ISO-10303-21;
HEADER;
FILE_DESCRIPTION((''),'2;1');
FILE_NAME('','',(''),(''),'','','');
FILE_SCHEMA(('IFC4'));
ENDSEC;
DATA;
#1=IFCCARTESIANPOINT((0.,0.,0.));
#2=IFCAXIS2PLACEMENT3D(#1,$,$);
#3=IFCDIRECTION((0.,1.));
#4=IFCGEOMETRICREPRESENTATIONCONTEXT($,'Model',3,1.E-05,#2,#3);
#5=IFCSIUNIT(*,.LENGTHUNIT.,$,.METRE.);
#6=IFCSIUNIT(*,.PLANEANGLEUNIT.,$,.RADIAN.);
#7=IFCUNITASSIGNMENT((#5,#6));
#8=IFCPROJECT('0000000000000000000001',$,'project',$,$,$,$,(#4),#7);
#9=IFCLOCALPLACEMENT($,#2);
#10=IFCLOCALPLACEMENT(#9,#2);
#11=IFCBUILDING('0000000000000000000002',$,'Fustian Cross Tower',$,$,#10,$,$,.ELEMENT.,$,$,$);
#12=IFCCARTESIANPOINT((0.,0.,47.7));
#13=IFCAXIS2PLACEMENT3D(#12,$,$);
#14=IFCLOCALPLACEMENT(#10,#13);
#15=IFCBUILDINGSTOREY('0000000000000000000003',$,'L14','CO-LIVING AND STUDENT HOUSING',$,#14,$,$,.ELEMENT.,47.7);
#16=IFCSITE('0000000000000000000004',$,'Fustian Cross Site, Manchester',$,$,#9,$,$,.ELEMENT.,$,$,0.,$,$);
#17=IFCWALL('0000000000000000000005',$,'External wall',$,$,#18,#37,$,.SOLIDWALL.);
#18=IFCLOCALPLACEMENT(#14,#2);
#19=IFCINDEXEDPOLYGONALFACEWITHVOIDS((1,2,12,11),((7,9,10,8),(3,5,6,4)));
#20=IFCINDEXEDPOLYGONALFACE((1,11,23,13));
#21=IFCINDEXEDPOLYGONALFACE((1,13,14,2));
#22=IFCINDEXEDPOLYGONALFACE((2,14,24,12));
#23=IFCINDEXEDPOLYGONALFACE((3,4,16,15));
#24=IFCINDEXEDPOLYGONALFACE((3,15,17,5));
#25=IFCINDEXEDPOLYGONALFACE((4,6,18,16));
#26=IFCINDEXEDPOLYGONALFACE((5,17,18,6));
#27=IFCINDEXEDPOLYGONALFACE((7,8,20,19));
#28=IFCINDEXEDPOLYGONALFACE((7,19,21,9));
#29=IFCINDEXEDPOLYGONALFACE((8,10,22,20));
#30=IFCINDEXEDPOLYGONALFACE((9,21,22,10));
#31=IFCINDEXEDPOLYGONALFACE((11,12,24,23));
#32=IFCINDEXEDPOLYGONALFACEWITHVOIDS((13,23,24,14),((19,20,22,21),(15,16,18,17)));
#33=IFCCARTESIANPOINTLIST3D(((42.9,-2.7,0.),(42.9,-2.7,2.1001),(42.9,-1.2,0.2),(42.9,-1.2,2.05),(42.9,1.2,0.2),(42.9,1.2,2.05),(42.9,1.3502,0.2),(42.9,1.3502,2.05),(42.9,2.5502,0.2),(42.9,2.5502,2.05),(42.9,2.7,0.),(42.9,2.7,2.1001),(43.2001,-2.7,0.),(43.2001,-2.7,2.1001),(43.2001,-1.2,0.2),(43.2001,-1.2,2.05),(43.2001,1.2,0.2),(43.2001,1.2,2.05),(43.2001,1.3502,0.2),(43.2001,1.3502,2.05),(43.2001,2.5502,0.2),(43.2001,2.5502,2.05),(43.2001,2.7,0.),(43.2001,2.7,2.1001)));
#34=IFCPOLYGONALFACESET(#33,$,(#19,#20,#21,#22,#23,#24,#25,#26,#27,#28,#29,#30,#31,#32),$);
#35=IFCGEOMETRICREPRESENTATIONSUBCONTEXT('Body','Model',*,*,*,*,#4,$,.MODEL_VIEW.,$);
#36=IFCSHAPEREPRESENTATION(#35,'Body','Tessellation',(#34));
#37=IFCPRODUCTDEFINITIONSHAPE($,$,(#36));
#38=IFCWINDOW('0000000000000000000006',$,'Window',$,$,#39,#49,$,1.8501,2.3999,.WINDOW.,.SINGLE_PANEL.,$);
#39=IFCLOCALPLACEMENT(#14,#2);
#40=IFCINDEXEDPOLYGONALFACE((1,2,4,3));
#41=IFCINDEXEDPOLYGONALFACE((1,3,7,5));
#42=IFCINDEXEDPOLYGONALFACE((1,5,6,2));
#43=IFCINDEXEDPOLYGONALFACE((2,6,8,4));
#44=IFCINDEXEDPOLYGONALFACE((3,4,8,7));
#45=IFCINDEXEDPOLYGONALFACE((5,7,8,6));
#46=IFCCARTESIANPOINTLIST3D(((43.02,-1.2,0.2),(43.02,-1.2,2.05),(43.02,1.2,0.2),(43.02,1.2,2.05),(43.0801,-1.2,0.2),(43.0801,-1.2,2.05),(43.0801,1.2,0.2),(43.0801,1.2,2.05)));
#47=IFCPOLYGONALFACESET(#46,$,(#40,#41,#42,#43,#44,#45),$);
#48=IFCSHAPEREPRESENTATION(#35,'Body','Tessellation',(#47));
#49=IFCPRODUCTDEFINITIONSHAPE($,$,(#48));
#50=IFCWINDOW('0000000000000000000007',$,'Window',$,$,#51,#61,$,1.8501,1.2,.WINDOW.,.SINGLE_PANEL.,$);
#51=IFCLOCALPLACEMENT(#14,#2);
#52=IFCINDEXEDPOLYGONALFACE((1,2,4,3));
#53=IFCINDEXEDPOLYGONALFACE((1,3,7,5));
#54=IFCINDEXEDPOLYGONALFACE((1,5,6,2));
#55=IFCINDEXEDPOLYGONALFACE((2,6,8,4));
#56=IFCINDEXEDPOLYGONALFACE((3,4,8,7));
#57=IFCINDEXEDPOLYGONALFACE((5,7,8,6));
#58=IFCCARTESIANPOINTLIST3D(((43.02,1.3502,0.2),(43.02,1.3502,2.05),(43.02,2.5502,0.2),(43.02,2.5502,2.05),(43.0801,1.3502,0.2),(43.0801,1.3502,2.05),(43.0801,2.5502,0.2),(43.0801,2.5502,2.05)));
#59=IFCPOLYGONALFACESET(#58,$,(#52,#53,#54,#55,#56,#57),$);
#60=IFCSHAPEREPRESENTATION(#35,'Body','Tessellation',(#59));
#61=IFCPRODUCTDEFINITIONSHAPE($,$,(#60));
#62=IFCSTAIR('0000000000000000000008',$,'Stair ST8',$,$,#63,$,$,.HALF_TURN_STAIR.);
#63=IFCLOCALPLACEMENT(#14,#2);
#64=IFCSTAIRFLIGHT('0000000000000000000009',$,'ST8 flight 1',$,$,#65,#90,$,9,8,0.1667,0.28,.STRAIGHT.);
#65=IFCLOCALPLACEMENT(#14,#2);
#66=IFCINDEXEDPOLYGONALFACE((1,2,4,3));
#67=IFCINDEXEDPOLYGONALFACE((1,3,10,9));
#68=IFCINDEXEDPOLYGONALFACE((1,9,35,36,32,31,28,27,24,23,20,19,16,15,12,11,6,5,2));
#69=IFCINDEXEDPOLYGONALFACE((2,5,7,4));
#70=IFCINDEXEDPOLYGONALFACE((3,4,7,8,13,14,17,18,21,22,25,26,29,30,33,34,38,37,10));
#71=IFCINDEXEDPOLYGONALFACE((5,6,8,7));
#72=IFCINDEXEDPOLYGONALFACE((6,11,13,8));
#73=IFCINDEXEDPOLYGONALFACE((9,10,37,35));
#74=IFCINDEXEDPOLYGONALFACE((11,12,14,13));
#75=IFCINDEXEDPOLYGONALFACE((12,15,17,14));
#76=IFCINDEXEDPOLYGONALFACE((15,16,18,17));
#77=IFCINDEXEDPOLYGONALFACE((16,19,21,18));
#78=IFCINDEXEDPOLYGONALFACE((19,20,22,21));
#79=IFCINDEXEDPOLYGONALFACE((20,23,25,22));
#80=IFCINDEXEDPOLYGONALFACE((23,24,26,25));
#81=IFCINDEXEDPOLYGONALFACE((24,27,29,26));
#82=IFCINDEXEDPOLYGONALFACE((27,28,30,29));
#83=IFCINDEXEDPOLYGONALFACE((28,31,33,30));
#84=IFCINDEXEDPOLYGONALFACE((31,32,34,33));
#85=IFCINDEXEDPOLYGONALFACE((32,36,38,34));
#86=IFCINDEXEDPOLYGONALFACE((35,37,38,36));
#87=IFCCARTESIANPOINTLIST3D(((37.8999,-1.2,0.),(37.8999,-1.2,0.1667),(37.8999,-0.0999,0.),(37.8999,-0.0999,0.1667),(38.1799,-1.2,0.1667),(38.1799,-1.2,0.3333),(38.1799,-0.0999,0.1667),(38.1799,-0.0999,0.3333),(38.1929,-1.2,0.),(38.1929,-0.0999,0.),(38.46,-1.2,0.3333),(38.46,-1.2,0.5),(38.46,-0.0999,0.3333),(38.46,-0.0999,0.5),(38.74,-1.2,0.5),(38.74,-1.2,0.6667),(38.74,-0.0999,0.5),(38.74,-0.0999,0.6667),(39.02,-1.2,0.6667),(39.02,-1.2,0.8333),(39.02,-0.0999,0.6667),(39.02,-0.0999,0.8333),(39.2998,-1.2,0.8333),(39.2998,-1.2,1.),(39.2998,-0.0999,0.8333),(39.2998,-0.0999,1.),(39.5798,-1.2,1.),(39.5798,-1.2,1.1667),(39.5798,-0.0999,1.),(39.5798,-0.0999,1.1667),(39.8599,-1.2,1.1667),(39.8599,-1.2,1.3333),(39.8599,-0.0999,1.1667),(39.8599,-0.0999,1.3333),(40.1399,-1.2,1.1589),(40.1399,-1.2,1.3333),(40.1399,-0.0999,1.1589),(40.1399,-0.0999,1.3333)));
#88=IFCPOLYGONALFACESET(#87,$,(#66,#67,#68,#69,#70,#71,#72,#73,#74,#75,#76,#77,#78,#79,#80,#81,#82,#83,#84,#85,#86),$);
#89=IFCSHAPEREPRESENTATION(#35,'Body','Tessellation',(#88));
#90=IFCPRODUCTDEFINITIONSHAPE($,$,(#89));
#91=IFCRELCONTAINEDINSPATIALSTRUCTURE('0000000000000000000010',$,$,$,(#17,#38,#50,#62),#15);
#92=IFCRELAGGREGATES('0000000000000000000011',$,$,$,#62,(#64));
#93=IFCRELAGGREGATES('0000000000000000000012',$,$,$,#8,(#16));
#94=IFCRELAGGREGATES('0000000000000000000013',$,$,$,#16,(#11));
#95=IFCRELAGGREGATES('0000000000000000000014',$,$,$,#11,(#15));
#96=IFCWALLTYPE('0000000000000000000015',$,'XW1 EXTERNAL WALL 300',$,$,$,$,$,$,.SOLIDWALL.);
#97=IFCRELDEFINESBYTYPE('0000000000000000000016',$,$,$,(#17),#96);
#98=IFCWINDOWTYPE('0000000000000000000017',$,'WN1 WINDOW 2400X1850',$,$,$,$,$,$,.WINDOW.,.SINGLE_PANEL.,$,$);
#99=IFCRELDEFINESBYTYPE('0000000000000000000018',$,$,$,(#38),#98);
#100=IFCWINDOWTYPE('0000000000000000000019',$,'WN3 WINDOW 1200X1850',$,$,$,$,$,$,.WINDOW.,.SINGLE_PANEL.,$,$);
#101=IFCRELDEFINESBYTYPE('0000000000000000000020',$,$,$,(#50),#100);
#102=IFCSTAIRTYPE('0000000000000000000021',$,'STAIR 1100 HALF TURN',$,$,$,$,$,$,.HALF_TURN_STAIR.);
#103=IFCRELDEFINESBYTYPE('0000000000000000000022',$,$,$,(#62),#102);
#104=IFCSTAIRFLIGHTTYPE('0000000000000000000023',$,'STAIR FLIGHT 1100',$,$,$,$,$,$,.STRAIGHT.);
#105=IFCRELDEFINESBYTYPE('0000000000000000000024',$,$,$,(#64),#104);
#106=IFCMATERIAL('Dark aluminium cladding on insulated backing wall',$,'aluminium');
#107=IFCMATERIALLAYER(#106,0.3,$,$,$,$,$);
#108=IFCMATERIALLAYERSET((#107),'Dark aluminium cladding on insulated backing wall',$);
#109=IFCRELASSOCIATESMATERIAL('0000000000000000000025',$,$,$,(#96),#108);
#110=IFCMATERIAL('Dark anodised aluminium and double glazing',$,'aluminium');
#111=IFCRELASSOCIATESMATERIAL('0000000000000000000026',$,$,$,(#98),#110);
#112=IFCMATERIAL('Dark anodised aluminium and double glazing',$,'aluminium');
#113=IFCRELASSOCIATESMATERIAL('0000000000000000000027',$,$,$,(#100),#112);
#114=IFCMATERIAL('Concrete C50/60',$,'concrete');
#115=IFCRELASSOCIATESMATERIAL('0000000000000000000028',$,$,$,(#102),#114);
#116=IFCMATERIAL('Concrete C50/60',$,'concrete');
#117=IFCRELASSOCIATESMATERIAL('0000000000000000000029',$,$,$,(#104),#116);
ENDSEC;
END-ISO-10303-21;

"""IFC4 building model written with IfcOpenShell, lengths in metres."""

from ifc_helpers import new_model, si_unit, direction, frame, frame_2d, origin, place, context, subcontext, project, spatial, polyline, rectangle, outline, extrude, material, layer, layer_set, type_object, element, fill, aggregate, save


model = new_model("IFC4")

# Units and contexts
model_context = context("Model", 3, precision=1e-05, world=origin(), true_north=direction((0.0, 1.0)))
body_context = subcontext(model_context, "Body", "Model", "MODEL_VIEW")
ifc_project = project(units=[si_unit("LENGTHUNIT", "METRE"), si_unit("PLANEANGLEUNIT", "RADIAN")], contexts=[model_context])

# Site, building, storey
site_placement = place(None, origin())
site = spatial("IfcSite", under=ifc_project, at=site_placement, Name="Fustian Cross Site, Manchester", CompositionType="ELEMENT", RefElevation=0.0)
building_placement = place(site_placement, origin())
building = spatial("IfcBuilding", under=site, at=building_placement, Name="Fustian Cross Tower", CompositionType="ELEMENT")
storey_placement = place(building_placement, frame((0.0, 0.0, 47.7)))
storey = spatial("IfcBuildingStorey", under=building, at=storey_placement, Name="L14", Description="CO-LIVING AND STUDENT HOUSING", CompositionType="ELEMENT", Elevation=47.7)

# Shared definitions
ifc_material_1 = material(Name="Dark aluminium cladding on insulated backing wall", Category="aluminium")
ifc_layer_1 = layer(ifc_material_1, 0.3)
ifc_layer_set_1 = layer_set([ifc_layer_1], Name="Dark aluminium cladding on insulated backing wall")
wall_type_1 = type_object("IfcWallType", Name="XW1 EXTERNAL WALL 300", PredefinedType="SOLIDWALL", material=ifc_layer_set_1)

# Wall, openings, windows
wall_1_placement = place(storey_placement, frame((43.05, -2.7, 0.0), z_axis=(0.0, 0.0, 1.0), x_axis=(0.0, 1.0, 0.0)))
wall_1 = element("IfcWall", 1, at=wall_1_placement, inside=storey, type_object=wall_type_1, Name="External wall", PredefinedType="SOLIDWALL", context=body_context, shape_type="SweptSolid", body=[
    extrude(rectangle(XDim=5.3999, YDim=0.3, at=frame_2d((2.7, 0.0))), origin(), (0.0, 0.0, 1.0), 2.1001),
])
opening_1_placement = place(wall_1_placement, frame((1.5, 0.0, 0.2)))
opening_1 = element("IfcOpeningElement", 2, at=opening_1_placement, cuts=wall_1, PredefinedType="OPENING", context=body_context, shape_type="SweptSolid", body=[
    extrude(rectangle(XDim=2.3999, YDim=1.8501, at=frame_2d((1.2, 0.925))), frame((0.0, 0.1599, 0.0), z_axis=(0.0, -1.0, 0.0), x_axis=(1.0, 0.0, 0.0)), (0.0, 0.0, 1.0), 0.3201),
])
opening_2_placement = place(wall_1_placement, frame((4.05, 0.0, 0.2)))
opening_2 = element("IfcOpeningElement", 3, at=opening_2_placement, cuts=wall_1, PredefinedType="OPENING", context=body_context, shape_type="SweptSolid", body=[
    extrude(rectangle(XDim=1.2, YDim=1.8501, at=frame_2d((0.6001, 0.925))), frame((0.0, 0.1599, 0.0), z_axis=(0.0, -1.0, 0.0), x_axis=(1.0, 0.0, 0.0)), (0.0, 0.0, 1.0), 0.3201),
])
ifc_material_2 = material(Name="Dark anodised aluminium and double glazing", Category="aluminium")
window_type_1 = type_object("IfcWindowType", Name="WN1 WINDOW 2400X1850", PartitioningType="SINGLE_PANEL", PredefinedType="WINDOW", material=ifc_material_2)
window_1_placement = place(opening_1_placement, origin())
window_1 = element("IfcWindow", 4, at=window_1_placement, inside=storey, type_object=window_type_1, Name="Window", OverallHeight=1.8501, OverallWidth=2.3999, PartitioningType="SINGLE_PANEL", PredefinedType="WINDOW", context=body_context, shape_type="SweptSolid", body=[
    extrude(rectangle(XDim=2.3999, YDim=1.8501, at=frame_2d((1.2, 0.925))), frame((0.0, 0.03, 0.0), z_axis=(0.0, -1.0, 0.0), x_axis=(1.0, 0.0, 0.0)), (0.0, 0.0, 1.0), 0.0601),
])
fill(opening_1, window_1)
ifc_material_3 = material(Name="Dark anodised aluminium and double glazing", Category="aluminium")
window_type_2 = type_object("IfcWindowType", Name="WN3 WINDOW 1200X1850", PartitioningType="SINGLE_PANEL", PredefinedType="WINDOW", material=ifc_material_3)
window_2_placement = place(opening_2_placement, origin())
window_2 = element("IfcWindow", 5, at=window_2_placement, inside=storey, type_object=window_type_2, Name="Window", OverallHeight=1.8501, OverallWidth=1.2, PartitioningType="SINGLE_PANEL", PredefinedType="WINDOW", context=body_context, shape_type="SweptSolid", body=[
    extrude(rectangle(XDim=1.2, YDim=1.8501, at=frame_2d((0.6001, 0.925))), frame((0.0, 0.03, 0.0), z_axis=(0.0, -1.0, 0.0), x_axis=(1.0, 0.0, 0.0)), (0.0, 0.0, 1.0), 0.0601),
])
fill(opening_2, window_2)

# Stair, stair flight
ifc_material_4 = material(Name="Concrete C50/60", Category="concrete")
stair_type = type_object("IfcStairType", Name="STAIR 1100 HALF TURN", PredefinedType="HALF_TURN_STAIR", material=ifc_material_4)
stair_placement = place(storey_placement, origin())
stair = element("IfcStair", 6, at=stair_placement, inside=storey, type_object=stair_type, Name="Stair ST8", PredefinedType="HALF_TURN_STAIR")
ifc_material_5 = material(Name="Concrete C50/60", Category="concrete")
stair_flight_type = type_object("IfcStairFlightType", Name="STAIR FLIGHT 1100", PredefinedType="STRAIGHT", material=ifc_material_5)
stair_flight_placement = place(storey_placement, frame((37.8999, -0.6499, 0.0), z_axis=(0.0, 0.0, 1.0), x_axis=(1.0, 0.0, 0.0)))
stair_flight = element("IfcStairFlight", 7, at=stair_flight_placement, type_object=stair_flight_type, Name="ST8 flight 1", NumberOfRisers=9, NumberOfTreads=8, PredefinedType="STRAIGHT", RiserHeight=0.1667, TreadLength=0.28, context=body_context, shape_type="SweptSolid", body=[
    extrude(outline(polyline([(0.0, 0.0), (0.0, 0.1667), (0.28, 0.1667), (0.28, 0.3333), (0.5601, 0.3333), (0.5601, 0.5), (0.8401, 0.5), (0.8401, 0.6667), (1.1201, 0.6667), (1.1201, 0.8333), (1.3999, 0.8333), (1.3999, 1.0), (1.6799, 1.0), (1.6799, 1.1667), (1.96, 1.1667), (1.96, 1.3333), (2.24, 1.3333), (2.24, 1.5), (2.24, 1.1589), (0.293, 0.0), (0.0, 0.0)])), frame((0.0, 0.55, 0.0), z_axis=(0.0, -1.0, 0.0), x_axis=(1.0, 0.0, 0.0)), (0.0, 0.0, 1.0), 1.1001),
])
aggregate(stair, [stair_flight])

save(model, "model.ifc")
